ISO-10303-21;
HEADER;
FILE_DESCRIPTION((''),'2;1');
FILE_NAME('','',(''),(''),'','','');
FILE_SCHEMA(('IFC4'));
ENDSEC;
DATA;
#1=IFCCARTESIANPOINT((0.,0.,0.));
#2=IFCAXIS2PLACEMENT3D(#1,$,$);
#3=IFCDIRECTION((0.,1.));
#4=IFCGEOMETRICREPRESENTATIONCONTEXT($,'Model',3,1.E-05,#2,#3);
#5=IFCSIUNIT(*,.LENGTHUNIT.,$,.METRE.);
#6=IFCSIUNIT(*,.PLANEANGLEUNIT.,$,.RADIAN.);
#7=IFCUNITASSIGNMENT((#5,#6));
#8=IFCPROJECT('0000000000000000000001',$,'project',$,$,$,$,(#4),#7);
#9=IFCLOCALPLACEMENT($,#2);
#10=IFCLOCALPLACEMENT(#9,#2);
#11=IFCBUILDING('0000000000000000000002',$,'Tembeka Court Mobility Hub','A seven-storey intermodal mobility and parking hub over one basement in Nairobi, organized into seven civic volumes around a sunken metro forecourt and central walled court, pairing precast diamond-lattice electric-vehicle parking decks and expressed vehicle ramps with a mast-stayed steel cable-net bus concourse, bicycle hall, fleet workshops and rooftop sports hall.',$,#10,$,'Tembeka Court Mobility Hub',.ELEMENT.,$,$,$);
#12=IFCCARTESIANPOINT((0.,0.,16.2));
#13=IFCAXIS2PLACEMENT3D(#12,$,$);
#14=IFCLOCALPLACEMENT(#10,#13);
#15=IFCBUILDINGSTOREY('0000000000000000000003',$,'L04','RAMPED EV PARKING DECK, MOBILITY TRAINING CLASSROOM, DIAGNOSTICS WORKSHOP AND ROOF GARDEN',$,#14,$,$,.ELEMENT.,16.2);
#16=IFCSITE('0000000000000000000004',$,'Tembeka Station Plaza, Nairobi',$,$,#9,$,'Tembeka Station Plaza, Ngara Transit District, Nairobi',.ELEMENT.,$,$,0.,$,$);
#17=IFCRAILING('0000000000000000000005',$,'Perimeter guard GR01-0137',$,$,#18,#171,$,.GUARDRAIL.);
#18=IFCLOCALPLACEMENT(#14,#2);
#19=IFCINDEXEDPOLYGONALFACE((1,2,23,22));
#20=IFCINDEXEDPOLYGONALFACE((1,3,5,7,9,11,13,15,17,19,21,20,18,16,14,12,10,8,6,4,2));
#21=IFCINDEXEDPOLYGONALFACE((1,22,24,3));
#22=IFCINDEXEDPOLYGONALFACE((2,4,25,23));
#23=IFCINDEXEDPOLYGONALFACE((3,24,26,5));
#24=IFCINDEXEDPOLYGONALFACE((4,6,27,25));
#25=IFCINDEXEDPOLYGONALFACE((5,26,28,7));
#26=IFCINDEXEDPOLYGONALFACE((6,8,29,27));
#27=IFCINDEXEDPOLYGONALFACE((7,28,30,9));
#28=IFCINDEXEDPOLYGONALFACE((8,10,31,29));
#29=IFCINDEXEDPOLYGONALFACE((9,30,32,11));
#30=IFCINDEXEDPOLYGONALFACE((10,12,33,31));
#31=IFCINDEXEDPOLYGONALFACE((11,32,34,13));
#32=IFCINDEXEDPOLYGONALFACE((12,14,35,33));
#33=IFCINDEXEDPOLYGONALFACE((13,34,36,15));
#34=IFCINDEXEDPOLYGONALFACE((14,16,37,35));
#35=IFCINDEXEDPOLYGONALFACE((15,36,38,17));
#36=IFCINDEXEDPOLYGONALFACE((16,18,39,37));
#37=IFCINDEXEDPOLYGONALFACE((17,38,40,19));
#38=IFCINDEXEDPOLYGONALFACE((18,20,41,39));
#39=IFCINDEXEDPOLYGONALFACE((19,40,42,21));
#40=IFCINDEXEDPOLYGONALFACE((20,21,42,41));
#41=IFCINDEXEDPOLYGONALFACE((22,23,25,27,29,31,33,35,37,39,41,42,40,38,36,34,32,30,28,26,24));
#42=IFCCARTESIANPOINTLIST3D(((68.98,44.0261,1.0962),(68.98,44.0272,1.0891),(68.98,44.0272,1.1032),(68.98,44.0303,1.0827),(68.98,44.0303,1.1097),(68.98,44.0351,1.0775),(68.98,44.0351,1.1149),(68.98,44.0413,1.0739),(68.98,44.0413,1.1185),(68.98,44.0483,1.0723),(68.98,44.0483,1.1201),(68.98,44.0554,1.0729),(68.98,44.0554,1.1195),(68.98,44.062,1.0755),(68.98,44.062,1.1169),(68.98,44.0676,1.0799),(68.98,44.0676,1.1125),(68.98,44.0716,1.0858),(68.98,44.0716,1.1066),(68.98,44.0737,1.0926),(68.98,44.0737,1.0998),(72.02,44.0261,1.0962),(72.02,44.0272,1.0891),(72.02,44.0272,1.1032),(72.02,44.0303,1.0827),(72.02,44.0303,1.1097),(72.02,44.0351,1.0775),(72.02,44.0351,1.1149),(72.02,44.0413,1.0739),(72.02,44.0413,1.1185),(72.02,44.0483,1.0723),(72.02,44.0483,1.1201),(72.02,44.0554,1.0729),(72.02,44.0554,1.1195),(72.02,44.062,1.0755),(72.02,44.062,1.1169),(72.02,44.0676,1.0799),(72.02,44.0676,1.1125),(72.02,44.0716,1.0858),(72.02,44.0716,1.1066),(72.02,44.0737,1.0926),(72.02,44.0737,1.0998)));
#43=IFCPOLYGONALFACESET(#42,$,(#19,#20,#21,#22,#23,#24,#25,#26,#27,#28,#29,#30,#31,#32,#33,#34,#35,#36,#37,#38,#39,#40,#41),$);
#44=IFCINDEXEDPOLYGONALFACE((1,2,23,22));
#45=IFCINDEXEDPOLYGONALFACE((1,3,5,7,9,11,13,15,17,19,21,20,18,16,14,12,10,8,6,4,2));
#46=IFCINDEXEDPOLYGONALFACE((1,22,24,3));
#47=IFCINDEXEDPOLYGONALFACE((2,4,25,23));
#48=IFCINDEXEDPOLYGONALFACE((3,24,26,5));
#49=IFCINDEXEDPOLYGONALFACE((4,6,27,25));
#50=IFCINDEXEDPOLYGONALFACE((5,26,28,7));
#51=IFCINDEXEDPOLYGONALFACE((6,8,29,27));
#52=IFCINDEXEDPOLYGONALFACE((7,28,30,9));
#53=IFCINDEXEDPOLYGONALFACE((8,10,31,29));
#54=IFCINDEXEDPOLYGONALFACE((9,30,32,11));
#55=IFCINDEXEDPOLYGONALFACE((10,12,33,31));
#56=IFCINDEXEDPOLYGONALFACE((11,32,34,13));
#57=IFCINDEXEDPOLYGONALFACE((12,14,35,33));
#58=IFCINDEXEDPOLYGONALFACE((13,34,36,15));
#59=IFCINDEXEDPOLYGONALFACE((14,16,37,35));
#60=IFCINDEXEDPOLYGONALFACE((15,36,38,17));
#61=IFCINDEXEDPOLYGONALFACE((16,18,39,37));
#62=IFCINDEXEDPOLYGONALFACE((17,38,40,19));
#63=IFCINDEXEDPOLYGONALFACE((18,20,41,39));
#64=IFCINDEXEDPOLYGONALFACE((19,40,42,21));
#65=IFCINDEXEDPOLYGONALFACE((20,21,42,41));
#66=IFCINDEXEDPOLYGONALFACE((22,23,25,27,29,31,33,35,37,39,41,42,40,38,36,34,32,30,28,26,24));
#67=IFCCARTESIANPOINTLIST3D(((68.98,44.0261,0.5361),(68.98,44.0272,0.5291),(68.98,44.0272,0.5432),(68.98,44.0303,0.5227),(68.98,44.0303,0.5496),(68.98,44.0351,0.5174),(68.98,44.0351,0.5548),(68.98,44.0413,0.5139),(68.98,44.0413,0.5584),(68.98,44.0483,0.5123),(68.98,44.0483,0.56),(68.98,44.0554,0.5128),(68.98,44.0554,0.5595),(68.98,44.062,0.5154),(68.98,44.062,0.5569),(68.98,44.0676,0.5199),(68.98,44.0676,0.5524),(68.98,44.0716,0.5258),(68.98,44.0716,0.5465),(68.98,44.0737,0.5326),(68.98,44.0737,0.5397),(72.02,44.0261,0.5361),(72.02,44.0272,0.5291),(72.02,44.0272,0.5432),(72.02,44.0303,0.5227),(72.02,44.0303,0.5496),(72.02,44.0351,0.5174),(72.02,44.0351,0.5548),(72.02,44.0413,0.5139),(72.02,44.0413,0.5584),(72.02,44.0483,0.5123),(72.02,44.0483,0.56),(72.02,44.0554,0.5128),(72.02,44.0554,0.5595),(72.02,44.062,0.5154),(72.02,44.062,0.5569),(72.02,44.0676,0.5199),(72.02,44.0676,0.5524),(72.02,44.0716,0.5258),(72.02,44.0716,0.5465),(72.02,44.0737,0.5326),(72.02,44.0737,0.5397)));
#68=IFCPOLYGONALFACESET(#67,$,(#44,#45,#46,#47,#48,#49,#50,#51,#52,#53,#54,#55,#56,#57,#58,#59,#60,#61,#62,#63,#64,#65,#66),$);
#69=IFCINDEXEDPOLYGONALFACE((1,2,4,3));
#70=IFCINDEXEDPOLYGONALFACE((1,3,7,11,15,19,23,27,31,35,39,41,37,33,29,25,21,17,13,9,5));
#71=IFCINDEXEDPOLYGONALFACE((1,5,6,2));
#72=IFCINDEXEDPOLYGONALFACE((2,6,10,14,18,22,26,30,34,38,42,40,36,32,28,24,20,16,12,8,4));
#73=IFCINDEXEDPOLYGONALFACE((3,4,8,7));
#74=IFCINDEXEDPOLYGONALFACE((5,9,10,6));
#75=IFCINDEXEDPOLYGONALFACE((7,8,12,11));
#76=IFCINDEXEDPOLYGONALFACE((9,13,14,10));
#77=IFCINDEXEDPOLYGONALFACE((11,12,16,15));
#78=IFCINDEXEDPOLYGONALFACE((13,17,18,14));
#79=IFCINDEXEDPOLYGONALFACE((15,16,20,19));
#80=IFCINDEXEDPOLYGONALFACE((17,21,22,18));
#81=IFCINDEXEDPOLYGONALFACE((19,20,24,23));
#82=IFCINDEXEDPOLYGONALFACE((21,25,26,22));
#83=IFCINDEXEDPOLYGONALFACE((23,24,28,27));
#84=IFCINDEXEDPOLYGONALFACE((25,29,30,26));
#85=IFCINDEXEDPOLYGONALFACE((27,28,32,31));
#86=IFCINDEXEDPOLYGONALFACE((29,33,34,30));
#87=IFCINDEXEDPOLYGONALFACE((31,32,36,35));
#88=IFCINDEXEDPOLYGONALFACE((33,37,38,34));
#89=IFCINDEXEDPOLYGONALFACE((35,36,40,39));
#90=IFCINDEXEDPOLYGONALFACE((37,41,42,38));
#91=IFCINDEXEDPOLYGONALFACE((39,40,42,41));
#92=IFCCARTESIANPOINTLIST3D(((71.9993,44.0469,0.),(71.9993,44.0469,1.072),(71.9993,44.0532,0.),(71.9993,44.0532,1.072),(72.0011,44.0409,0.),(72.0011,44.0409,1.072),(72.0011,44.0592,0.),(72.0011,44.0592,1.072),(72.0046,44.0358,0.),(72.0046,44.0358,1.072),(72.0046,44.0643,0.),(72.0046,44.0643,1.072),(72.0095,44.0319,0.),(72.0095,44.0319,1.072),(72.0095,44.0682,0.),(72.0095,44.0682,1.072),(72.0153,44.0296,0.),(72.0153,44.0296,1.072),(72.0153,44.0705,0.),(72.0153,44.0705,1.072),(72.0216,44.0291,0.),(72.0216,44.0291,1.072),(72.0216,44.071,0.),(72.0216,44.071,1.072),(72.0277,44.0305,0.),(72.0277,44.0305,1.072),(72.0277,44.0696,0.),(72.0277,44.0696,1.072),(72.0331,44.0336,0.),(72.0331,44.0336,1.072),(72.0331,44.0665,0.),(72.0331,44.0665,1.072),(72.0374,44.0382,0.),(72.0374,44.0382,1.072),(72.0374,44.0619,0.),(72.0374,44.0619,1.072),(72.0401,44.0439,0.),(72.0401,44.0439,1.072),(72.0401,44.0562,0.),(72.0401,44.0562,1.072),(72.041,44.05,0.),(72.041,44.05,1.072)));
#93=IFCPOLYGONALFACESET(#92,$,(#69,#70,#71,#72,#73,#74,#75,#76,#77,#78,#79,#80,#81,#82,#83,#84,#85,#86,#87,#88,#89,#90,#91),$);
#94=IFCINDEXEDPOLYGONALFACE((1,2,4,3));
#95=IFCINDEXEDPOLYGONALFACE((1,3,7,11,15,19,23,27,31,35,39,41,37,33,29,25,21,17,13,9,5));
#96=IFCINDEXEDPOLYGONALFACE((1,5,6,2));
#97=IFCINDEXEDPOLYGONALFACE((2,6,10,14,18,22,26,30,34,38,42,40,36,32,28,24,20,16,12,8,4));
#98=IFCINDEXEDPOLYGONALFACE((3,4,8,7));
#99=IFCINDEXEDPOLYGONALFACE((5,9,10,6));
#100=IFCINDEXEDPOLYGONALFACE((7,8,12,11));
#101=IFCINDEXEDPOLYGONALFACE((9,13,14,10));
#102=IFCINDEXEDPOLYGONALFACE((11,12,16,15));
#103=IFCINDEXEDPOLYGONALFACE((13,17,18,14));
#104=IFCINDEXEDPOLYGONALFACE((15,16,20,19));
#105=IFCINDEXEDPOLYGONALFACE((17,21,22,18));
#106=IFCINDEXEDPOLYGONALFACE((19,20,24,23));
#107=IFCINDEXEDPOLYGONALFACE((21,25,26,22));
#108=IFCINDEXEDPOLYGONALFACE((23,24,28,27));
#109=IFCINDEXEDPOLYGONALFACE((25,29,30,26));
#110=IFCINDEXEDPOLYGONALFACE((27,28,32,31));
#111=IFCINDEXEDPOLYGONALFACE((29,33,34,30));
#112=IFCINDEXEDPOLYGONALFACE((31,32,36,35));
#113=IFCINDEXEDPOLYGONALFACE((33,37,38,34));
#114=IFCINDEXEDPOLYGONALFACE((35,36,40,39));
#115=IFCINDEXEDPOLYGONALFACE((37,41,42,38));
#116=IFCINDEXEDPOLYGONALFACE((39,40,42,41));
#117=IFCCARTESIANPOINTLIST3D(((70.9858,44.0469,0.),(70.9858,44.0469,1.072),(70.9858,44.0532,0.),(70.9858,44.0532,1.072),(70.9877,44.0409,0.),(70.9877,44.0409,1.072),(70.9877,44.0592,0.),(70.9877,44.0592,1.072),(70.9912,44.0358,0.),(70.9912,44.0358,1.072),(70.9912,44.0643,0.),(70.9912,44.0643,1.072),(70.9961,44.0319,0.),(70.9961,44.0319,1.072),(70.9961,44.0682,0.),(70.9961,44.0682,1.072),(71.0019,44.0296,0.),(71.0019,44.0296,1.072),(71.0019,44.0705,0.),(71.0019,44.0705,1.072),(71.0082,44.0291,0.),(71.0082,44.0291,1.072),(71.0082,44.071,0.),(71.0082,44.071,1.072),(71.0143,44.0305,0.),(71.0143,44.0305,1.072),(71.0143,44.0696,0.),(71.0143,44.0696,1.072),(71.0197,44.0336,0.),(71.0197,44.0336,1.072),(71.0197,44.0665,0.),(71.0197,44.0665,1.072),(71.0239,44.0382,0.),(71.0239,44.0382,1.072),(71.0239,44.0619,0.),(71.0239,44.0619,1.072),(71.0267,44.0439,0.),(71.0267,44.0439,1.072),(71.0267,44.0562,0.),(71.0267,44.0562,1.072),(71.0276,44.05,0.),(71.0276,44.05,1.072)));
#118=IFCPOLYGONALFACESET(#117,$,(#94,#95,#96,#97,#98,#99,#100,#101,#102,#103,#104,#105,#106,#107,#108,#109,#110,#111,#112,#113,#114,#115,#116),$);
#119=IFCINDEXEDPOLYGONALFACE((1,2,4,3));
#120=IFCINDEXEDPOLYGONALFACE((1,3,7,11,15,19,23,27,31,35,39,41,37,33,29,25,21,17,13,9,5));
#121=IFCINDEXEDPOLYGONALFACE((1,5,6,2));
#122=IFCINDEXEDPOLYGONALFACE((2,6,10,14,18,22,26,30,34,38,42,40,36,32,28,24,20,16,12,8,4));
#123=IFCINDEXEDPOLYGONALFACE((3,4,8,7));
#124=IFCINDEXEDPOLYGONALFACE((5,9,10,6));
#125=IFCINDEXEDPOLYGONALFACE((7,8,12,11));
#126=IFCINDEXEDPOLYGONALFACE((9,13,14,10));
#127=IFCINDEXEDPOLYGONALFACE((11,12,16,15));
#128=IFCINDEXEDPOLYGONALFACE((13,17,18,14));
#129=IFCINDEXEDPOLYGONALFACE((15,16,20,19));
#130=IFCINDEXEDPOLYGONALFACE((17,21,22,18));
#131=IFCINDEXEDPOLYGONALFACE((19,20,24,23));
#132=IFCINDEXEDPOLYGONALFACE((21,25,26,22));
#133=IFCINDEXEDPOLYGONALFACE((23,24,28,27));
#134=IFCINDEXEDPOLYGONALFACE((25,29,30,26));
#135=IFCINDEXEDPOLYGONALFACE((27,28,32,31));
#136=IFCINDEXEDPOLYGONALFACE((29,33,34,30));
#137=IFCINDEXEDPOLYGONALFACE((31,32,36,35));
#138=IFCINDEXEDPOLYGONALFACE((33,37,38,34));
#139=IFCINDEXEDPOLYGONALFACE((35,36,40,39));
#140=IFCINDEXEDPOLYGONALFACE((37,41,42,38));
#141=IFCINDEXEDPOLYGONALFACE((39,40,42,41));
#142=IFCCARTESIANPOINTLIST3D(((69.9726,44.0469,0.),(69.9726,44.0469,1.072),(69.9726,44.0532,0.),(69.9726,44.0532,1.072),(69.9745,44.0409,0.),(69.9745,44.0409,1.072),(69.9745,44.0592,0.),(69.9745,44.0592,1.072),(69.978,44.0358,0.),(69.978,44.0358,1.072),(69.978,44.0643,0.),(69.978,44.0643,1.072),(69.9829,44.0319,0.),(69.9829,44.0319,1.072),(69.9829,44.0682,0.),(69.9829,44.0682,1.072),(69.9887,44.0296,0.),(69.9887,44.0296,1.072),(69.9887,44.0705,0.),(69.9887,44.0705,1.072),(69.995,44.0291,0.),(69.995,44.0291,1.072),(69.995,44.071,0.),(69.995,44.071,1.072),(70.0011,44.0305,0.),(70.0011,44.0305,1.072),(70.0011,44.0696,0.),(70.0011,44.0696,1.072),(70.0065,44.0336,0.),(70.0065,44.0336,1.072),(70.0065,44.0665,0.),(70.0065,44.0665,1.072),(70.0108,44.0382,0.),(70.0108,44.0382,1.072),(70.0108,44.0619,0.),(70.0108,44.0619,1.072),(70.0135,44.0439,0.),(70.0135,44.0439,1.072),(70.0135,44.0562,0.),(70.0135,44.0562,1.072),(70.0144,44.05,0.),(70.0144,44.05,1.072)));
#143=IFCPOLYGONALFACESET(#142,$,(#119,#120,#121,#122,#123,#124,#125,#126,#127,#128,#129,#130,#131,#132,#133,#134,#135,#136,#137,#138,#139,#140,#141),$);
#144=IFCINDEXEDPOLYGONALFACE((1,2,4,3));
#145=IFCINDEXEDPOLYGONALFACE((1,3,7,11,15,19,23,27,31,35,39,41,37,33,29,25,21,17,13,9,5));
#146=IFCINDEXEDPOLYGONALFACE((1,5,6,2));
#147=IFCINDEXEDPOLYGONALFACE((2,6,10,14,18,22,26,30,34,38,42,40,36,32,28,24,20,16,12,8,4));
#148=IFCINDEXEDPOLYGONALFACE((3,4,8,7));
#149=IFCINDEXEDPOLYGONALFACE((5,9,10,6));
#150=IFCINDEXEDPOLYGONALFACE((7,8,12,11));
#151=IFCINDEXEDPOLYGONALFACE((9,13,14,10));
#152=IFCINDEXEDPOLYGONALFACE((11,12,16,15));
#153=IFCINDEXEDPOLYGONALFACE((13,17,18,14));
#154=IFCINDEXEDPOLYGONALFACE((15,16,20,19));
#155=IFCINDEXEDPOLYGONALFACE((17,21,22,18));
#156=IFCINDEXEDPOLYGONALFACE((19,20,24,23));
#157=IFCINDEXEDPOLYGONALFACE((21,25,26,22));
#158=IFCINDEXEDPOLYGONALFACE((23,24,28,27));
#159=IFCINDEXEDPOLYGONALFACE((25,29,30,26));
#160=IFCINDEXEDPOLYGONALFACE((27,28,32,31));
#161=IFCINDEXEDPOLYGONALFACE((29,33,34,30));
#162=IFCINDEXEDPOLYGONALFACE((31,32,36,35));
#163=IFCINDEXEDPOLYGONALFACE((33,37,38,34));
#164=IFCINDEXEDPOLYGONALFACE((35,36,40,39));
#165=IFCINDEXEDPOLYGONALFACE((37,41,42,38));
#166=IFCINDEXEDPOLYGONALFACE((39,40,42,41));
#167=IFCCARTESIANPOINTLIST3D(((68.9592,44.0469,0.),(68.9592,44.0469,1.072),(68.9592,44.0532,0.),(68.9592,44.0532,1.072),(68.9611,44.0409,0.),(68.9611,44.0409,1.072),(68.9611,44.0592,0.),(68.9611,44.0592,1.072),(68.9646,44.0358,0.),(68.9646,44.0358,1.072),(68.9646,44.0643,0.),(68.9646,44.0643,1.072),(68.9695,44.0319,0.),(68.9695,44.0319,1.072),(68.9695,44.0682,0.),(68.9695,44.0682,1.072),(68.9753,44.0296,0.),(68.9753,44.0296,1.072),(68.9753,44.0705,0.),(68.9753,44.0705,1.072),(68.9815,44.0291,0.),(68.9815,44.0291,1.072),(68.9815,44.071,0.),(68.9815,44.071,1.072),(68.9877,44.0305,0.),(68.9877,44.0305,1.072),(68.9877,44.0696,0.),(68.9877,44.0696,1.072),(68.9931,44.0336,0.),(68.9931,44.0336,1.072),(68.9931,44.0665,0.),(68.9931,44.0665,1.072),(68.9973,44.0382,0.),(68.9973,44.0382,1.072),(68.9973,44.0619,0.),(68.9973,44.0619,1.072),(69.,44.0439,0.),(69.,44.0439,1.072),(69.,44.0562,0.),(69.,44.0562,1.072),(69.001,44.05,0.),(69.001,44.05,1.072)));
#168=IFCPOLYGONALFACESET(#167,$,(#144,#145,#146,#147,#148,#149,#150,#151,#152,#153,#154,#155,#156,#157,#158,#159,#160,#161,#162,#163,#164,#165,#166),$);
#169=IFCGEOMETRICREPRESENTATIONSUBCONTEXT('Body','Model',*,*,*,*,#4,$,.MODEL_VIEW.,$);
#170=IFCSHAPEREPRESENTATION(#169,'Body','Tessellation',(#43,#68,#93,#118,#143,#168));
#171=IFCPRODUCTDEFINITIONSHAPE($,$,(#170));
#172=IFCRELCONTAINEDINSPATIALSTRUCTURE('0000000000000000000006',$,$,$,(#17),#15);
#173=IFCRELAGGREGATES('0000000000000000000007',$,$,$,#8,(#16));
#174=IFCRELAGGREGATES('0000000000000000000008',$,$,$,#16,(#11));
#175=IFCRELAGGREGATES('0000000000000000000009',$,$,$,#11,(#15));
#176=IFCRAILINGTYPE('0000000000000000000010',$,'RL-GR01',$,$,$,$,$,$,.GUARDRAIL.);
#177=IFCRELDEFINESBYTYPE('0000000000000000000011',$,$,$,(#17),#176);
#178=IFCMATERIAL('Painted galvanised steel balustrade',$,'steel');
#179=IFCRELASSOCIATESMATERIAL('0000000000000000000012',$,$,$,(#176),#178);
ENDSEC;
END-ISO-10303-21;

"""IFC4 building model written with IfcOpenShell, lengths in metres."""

from ifc_helpers import new_model, si_unit, direction, frame, origin, origin_2d, place, context, subcontext, project, spatial, circle, extrude, material, type_object, element, save


model = new_model("IFC4")

# Units and contexts
model_context = context("Model", 3, precision=1e-05, world=origin(), true_north=direction((0.0, 1.0)))
body_context = subcontext(model_context, "Body", "Model", "MODEL_VIEW")
ifc_project = project(units=[si_unit("LENGTHUNIT", "METRE"), si_unit("PLANEANGLEUNIT", "RADIAN")], contexts=[model_context])

# Site, building, storey
site_placement = place(None, origin())
site = spatial("IfcSite", under=ifc_project, at=site_placement, Name="Tembeka Station Plaza, Nairobi", LongName="Tembeka Station Plaza, Ngara Transit District, Nairobi", CompositionType="ELEMENT", RefElevation=0.0)
building_placement = place(site_placement, origin())
building = spatial("IfcBuilding", under=site, at=building_placement, Name="Tembeka Court Mobility Hub", Description="A seven-storey intermodal mobility and parking hub over one basement in Nairobi, organized into seven civic volumes around a sunken metro forecourt and central walled court, pairing precast diamond-lattice electric-vehicle parking decks and expressed vehicle ramps with a mast-stayed steel cable-net bus concourse, bicycle hall, fleet workshops and rooftop sports hall.", LongName="Tembeka Court Mobility Hub", CompositionType="ELEMENT")
storey_placement = place(building_placement, frame((0.0, 0.0, 16.2)))
storey = spatial("IfcBuildingStorey", under=building, at=storey_placement, Name="L04", Description="RAMPED EV PARKING DECK, MOBILITY TRAINING CLASSROOM, DIAGNOSTICS WORKSHOP AND ROOF GARDEN", CompositionType="ELEMENT", Elevation=16.2)

# Railing
ifc_material_1 = material(Name="Painted galvanised steel balustrade", Category="steel")
railing_type = type_object("IfcRailingType", Name="RL-GR01", PredefinedType="GUARDRAIL", material=ifc_material_1)
railing_1_placement = place(storey_placement, frame((72.02, 44.05, 0.0)))
element("IfcRailing", 1, at=railing_1_placement, inside=storey, type_object=railing_type, Name="Perimeter guard GR01-0137", PredefinedType="GUARDRAIL", context=body_context, shape_type="SweptSolid", body=[
    extrude(circle(Radius=0.0239, at=origin_2d()), frame((0.0, 0.0, 1.0962), z_axis=(-1.0, 0.0, 0.0), x_axis=(0.0, -1.0, 0.0)), (0.0, 0.0, 1.0), 3.04),
    extrude(circle(Radius=0.0239, at=origin_2d()), frame((0.0, 0.0, 0.5361), z_axis=(-1.0, 0.0, 0.0), x_axis=(0.0, -1.0, 0.0)), (0.0, 0.0, 1.0), 3.04),
    extrude(circle(Radius=0.021, at=origin_2d()), origin(), (0.0, 0.0, 1.0), 1.072),
    extrude(circle(Radius=0.021, at=origin_2d()), frame((-1.0134, 0.0, 0.0)), (0.0, 0.0, 1.0), 1.072),
    extrude(circle(Radius=0.021, at=origin_2d()), frame((-2.0266, 0.0, 0.0)), (0.0, 0.0, 1.0), 1.072),
    extrude(circle(Radius=0.021, at=origin_2d()), frame((-3.04, 0.0, 0.0)), (0.0, 0.0, 1.0), 1.072),
])

save(model, "model.ifc")
